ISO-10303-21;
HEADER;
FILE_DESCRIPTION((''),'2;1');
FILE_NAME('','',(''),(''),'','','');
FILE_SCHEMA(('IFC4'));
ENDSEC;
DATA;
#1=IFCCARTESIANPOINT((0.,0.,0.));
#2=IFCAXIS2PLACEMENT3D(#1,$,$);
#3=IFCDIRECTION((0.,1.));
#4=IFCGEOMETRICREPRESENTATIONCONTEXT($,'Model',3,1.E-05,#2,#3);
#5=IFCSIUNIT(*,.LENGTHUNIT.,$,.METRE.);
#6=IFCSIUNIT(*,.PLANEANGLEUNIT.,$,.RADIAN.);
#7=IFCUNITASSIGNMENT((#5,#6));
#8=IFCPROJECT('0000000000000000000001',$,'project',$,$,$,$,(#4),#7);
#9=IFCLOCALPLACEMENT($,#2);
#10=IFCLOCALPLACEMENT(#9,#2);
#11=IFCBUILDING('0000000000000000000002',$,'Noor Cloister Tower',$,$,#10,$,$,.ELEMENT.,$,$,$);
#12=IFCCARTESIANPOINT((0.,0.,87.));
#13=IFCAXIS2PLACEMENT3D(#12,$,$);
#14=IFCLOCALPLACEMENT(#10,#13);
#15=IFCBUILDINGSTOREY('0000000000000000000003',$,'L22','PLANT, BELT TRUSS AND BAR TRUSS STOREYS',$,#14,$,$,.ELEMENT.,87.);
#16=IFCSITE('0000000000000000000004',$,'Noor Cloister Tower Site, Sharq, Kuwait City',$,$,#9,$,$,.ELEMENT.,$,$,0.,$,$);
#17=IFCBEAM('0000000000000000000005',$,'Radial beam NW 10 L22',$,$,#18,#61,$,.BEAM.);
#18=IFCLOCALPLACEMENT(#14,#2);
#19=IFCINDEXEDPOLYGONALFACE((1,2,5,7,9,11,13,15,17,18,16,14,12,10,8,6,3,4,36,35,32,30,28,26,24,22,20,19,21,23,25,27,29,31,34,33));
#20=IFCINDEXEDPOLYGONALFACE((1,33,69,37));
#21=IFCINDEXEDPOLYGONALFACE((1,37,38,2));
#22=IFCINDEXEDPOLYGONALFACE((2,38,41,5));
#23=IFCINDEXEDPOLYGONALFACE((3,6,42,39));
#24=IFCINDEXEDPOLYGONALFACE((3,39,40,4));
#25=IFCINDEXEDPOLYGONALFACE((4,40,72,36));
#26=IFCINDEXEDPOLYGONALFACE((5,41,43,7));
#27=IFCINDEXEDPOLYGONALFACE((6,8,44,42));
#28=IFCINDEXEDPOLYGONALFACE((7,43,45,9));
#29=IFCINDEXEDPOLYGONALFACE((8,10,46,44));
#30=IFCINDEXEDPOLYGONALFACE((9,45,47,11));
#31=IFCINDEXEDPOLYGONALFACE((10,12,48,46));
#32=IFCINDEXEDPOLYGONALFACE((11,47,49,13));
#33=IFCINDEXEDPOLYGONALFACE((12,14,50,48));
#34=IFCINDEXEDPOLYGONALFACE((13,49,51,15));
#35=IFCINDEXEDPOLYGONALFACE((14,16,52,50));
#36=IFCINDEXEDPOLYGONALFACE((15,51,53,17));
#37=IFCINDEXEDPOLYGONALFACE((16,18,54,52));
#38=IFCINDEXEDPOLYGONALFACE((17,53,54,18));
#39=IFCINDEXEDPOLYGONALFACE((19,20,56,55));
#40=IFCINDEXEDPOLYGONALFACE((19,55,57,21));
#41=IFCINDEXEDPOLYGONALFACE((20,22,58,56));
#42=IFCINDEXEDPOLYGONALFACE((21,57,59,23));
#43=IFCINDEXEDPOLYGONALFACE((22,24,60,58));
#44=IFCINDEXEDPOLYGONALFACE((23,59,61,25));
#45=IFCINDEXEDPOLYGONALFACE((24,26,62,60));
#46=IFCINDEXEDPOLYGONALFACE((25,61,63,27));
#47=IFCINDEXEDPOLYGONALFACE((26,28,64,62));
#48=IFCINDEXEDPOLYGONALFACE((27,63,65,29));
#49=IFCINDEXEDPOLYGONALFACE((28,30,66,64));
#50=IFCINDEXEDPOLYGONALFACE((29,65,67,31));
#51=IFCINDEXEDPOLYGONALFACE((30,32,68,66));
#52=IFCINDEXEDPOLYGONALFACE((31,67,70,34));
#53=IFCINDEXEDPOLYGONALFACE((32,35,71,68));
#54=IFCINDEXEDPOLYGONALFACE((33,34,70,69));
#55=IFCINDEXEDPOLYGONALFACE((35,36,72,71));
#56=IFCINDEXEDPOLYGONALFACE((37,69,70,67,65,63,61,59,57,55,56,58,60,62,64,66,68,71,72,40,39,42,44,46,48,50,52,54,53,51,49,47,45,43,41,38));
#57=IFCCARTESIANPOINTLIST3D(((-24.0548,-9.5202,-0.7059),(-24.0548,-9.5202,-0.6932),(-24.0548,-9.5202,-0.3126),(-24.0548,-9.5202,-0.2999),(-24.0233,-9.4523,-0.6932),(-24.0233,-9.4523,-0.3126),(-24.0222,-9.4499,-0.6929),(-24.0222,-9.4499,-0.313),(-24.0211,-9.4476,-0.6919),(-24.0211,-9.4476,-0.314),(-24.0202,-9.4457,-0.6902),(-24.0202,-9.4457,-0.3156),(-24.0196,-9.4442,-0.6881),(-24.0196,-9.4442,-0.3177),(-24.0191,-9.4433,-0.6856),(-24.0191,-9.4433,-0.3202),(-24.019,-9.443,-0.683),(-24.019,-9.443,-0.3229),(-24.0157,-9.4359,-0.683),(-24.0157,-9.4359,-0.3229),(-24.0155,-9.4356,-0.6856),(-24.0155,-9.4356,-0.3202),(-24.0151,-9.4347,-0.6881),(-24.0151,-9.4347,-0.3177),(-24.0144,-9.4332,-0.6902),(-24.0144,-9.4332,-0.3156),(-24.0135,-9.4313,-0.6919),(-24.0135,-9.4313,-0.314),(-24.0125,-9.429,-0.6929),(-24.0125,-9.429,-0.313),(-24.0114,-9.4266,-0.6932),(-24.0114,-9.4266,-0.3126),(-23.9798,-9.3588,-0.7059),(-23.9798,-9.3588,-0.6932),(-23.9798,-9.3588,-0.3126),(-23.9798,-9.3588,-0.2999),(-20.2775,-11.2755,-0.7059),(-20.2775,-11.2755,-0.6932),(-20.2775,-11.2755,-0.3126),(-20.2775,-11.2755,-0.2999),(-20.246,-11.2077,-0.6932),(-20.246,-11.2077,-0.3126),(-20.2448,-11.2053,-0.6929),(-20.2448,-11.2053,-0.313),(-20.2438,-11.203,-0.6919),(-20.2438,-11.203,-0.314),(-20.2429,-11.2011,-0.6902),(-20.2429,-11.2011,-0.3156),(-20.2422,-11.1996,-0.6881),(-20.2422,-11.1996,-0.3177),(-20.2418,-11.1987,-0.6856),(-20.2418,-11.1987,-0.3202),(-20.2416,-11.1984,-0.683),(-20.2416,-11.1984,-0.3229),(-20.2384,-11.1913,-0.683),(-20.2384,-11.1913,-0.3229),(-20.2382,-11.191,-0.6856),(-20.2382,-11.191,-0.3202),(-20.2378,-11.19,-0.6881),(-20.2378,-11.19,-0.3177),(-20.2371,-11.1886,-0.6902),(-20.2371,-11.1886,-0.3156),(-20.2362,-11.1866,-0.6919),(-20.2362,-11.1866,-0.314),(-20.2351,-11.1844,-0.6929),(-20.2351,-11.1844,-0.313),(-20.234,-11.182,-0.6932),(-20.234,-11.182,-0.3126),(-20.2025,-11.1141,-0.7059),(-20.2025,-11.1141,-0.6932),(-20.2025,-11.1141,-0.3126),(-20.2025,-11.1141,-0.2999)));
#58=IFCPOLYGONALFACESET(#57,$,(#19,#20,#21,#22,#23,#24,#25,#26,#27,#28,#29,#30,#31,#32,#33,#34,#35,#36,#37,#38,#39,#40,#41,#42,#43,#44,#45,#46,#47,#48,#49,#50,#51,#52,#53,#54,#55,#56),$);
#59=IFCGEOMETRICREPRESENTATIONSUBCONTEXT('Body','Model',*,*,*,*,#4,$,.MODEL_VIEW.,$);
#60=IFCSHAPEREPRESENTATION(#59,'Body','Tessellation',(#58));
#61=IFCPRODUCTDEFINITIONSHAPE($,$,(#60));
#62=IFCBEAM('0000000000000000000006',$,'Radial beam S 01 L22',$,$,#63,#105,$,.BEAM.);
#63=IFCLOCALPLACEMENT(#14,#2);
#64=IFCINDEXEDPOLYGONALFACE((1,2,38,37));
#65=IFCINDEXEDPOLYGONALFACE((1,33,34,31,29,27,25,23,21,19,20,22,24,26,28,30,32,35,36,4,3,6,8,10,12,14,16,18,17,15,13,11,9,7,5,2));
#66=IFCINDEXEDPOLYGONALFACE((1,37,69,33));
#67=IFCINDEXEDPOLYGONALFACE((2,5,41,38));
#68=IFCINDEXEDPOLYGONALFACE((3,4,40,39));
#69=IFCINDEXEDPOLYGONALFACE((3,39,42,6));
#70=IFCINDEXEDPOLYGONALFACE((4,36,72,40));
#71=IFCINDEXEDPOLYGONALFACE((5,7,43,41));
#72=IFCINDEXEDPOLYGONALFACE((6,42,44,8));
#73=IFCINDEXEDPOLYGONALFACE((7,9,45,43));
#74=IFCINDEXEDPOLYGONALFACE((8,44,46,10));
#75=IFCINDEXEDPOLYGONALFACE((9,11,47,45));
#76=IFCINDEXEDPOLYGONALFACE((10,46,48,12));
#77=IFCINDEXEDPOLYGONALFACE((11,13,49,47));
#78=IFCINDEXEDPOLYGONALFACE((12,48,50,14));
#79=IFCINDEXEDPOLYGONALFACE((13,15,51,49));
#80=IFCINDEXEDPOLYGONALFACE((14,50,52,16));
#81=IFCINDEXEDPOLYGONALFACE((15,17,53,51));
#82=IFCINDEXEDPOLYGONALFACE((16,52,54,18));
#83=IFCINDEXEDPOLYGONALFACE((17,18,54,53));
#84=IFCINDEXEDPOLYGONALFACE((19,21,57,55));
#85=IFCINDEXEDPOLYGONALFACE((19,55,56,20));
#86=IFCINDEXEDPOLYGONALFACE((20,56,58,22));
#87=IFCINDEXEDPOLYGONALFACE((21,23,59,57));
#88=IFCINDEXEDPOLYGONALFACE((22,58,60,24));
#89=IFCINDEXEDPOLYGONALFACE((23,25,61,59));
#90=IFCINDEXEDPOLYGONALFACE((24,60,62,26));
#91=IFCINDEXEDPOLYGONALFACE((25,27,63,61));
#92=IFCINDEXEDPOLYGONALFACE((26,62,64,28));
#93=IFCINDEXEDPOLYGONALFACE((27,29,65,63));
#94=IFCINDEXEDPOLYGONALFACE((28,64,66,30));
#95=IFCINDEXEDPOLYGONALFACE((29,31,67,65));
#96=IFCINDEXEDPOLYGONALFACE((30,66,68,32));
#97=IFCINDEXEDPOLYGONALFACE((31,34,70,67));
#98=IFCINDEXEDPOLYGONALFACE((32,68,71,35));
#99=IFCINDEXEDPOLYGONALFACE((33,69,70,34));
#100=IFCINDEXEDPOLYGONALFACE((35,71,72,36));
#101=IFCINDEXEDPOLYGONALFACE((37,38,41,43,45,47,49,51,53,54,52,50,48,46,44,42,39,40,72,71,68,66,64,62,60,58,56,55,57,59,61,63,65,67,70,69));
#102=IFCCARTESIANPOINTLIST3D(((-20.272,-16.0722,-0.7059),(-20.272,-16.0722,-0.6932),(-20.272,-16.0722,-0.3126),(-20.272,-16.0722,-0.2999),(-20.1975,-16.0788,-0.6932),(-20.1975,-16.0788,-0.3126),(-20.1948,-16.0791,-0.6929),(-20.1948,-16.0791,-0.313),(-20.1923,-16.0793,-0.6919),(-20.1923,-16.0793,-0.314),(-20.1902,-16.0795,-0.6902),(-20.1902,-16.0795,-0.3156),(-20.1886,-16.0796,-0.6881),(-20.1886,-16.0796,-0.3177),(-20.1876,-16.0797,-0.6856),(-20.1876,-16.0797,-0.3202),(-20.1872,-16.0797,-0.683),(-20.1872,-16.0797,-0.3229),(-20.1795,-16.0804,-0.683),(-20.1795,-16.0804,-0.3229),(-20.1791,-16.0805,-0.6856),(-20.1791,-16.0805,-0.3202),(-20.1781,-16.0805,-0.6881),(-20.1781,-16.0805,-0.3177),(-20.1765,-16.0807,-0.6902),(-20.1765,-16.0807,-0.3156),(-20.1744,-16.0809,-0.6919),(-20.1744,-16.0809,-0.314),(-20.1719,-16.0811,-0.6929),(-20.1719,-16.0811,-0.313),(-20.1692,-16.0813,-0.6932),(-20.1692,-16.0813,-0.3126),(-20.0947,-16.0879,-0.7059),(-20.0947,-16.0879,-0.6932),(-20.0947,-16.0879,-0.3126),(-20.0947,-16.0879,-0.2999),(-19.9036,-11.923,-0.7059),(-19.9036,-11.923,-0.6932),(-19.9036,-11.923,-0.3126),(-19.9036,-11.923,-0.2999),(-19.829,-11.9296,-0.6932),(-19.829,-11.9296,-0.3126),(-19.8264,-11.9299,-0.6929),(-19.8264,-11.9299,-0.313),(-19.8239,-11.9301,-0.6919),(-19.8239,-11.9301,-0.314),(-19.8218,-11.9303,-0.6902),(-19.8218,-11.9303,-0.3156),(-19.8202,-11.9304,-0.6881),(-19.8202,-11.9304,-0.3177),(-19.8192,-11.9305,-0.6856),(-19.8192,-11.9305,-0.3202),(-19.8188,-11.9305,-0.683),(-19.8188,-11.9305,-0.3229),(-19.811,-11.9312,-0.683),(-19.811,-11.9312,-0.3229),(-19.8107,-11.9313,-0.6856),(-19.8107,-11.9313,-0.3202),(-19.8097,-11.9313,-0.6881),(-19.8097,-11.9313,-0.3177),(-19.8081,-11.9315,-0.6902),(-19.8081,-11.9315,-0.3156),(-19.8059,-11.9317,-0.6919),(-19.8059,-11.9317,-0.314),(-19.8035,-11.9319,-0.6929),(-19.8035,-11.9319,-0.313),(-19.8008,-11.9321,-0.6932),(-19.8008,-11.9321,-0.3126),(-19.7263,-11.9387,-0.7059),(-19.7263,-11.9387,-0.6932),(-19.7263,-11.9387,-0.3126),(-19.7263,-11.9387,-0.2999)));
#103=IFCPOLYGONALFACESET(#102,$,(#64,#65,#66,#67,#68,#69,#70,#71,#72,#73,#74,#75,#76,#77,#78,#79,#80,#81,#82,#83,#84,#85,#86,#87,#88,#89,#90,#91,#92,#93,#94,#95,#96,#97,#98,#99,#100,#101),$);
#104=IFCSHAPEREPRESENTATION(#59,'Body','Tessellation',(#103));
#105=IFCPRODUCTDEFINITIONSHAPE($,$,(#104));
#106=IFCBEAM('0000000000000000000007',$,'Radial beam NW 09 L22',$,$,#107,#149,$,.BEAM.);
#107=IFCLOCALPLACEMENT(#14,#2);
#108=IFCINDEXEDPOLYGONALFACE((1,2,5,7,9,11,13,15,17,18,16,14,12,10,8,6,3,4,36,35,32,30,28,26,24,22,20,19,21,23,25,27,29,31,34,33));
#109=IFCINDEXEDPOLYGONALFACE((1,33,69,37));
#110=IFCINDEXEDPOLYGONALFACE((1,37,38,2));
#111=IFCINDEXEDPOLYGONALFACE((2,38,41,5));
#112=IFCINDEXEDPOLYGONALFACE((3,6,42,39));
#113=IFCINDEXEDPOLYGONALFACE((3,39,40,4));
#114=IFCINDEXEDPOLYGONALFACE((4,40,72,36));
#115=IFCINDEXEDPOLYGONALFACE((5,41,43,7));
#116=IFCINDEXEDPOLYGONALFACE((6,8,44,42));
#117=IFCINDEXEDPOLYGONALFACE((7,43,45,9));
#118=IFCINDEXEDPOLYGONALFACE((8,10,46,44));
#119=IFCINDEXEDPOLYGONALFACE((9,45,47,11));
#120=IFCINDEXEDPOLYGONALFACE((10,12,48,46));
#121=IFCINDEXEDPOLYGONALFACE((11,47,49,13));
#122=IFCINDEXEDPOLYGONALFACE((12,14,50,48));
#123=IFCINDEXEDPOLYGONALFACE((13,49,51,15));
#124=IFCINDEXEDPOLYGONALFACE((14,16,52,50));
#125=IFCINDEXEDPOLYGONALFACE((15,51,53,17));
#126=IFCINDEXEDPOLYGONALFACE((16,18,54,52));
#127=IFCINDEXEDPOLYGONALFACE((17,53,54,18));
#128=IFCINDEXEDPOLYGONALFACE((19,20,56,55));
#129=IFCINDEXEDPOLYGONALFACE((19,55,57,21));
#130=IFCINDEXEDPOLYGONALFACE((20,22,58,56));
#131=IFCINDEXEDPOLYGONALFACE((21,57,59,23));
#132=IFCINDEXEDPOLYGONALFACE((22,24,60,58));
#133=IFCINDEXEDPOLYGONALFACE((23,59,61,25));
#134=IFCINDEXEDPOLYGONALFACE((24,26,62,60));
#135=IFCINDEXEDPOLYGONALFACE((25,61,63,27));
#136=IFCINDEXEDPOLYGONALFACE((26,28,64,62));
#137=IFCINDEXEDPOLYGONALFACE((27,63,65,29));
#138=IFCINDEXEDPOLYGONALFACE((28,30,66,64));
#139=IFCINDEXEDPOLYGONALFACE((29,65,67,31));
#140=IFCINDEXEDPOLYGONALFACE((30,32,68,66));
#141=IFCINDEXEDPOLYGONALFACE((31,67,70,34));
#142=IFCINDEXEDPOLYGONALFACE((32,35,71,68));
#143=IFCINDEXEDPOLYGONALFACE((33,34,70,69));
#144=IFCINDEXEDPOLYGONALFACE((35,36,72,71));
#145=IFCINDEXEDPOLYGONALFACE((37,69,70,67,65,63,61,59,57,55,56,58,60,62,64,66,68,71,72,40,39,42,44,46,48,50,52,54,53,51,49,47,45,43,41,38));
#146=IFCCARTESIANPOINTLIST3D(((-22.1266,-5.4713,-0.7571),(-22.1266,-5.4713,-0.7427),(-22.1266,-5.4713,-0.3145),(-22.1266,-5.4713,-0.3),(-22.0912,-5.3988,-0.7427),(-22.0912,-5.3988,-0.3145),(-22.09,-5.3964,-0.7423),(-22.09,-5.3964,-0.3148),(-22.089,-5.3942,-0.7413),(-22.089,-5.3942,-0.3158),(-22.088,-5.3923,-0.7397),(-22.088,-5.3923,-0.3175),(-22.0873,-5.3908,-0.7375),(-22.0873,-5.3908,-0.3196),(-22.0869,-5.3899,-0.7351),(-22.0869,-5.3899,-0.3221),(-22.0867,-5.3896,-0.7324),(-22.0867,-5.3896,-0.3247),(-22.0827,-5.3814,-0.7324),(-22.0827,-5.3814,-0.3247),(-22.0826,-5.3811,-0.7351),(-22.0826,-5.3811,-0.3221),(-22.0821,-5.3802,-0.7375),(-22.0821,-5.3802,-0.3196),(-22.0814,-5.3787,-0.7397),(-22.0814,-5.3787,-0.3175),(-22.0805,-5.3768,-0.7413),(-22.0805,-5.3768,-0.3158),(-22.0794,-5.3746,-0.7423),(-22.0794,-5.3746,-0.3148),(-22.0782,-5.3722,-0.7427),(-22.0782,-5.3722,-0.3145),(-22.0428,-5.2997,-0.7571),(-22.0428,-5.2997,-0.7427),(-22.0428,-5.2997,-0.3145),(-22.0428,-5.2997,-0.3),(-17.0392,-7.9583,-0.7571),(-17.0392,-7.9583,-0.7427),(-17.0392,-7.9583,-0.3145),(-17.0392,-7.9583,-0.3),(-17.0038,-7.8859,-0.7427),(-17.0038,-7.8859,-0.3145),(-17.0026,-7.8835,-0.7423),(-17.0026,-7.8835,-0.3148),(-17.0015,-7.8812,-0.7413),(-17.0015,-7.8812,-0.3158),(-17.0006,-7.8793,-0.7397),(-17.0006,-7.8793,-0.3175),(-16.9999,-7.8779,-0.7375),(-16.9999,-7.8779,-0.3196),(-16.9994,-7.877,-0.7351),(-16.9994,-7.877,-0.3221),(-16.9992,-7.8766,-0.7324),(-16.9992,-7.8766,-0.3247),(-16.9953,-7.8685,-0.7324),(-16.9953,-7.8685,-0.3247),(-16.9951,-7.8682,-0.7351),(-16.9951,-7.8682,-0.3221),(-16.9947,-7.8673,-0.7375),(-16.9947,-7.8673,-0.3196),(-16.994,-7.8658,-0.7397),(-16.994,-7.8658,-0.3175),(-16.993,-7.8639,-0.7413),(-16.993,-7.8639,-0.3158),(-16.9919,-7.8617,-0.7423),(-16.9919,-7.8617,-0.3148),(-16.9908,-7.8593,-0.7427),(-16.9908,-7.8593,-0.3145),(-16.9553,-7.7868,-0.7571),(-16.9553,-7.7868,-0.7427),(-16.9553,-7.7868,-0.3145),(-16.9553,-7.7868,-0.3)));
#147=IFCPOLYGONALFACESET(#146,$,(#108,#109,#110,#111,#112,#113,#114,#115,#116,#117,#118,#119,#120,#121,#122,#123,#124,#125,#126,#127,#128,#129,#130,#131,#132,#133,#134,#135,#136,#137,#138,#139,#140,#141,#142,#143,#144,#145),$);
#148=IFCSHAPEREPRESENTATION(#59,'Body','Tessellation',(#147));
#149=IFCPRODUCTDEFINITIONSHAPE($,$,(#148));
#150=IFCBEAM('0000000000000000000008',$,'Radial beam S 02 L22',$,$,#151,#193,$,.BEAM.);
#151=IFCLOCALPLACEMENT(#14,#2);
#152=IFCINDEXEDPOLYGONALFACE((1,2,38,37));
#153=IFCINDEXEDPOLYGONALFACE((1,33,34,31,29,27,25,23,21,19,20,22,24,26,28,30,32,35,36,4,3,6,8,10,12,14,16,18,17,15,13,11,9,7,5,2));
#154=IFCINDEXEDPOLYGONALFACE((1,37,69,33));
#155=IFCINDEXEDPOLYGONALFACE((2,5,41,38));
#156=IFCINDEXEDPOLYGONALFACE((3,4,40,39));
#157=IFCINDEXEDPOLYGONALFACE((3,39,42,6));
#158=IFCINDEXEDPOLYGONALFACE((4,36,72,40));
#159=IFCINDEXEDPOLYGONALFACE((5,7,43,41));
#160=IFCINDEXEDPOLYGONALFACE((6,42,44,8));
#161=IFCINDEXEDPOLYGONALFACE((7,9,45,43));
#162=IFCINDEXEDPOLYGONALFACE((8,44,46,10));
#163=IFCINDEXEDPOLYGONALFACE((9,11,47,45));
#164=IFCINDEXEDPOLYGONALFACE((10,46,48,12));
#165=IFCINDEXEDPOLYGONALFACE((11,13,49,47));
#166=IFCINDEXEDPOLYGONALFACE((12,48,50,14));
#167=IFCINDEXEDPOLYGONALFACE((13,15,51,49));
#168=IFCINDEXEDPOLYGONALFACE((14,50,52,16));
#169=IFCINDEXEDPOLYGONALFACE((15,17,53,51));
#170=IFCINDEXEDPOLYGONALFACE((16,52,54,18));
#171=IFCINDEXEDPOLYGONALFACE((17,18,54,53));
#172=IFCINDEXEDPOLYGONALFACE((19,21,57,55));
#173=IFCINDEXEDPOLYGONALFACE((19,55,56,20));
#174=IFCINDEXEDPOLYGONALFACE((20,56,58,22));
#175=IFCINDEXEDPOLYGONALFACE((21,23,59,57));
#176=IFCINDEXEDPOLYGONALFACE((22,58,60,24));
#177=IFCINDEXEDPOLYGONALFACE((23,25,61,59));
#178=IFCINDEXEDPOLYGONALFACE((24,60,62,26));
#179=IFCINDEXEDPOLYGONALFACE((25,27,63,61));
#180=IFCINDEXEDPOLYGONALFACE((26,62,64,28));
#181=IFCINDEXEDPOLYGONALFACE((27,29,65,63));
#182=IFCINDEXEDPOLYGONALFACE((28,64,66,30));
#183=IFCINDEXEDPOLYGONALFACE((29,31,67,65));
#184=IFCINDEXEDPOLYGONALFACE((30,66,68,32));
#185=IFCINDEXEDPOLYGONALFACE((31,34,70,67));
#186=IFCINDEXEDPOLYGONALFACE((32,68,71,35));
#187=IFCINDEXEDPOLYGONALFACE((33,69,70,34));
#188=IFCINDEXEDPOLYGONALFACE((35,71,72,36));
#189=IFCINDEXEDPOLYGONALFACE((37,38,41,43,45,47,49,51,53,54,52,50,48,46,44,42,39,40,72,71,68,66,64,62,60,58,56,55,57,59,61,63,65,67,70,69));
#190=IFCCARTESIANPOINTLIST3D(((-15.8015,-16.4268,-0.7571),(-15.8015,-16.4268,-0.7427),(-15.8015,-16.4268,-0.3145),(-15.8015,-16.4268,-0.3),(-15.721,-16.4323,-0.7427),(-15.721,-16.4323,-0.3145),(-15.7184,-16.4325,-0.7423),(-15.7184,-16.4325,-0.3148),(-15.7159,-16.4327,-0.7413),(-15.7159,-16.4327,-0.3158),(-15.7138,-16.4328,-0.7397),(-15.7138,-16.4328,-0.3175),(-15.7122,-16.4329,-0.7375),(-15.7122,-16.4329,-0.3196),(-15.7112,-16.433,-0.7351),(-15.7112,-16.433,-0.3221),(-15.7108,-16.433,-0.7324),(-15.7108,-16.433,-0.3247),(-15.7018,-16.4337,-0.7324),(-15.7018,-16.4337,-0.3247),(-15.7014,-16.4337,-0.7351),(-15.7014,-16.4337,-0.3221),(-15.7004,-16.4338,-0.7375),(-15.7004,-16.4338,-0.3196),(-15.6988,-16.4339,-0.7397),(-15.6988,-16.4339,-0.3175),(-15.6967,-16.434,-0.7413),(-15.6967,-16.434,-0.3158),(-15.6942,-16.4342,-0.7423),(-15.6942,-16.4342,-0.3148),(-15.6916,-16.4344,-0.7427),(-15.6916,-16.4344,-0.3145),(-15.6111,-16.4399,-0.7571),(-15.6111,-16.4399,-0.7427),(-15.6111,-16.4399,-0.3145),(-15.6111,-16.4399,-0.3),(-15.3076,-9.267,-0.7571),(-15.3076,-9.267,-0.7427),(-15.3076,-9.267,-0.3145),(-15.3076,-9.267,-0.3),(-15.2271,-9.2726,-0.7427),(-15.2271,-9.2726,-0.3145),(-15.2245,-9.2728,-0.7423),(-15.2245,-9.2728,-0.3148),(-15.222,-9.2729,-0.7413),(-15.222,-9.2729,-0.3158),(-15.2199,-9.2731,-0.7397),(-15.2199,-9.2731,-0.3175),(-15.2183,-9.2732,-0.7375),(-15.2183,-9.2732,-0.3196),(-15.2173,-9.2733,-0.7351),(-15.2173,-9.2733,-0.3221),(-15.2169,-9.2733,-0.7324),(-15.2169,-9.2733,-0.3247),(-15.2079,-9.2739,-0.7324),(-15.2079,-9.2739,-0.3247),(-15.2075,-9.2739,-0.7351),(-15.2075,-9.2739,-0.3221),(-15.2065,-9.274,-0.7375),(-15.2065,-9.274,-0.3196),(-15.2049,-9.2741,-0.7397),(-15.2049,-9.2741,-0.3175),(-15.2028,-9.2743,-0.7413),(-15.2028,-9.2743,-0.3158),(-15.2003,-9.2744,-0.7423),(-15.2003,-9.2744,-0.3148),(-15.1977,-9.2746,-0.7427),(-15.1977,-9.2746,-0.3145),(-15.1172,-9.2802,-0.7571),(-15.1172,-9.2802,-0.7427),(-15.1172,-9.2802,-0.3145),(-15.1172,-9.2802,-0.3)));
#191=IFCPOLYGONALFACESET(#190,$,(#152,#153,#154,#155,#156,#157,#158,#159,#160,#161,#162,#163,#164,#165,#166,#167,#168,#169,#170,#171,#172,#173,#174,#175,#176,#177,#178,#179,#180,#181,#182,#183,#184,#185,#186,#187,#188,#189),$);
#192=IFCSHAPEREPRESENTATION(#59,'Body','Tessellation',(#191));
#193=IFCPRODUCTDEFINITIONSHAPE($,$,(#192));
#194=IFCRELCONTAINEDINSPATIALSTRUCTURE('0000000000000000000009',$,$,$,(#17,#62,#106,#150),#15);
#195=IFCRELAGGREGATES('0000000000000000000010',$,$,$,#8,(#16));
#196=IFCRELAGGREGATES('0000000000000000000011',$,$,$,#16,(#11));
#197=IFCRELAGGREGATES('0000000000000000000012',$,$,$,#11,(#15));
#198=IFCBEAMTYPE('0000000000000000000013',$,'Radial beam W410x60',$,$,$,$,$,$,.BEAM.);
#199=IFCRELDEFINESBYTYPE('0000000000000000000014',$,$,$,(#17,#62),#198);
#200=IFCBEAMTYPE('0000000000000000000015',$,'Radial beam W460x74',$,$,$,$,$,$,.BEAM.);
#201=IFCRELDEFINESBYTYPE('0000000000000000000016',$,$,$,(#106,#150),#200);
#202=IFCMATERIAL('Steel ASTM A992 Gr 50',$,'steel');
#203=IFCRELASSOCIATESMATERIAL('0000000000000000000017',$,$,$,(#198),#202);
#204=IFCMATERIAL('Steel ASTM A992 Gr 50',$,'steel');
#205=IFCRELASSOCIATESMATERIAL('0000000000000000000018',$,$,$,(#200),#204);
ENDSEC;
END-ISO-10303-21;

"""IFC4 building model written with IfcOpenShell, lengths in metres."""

from ifc_helpers import new_model, si_unit, direction, frame, origin, origin_2d, place, context, subcontext, project, spatial, i_section, extrude, material, material_profile, profile_set, type_object, element, save


model = new_model("IFC4")

# Units and contexts
model_context = context("Model", 3, precision=1e-05, world=origin(), true_north=direction((0.0, 1.0)))
body_context = subcontext(model_context, "Body", "Model", "MODEL_VIEW")
ifc_project = project(units=[si_unit("LENGTHUNIT", "METRE"), si_unit("PLANEANGLEUNIT", "RADIAN")], contexts=[model_context])

# Site, building, storey
site_placement = place(None, origin())
site = spatial("IfcSite", under=ifc_project, at=site_placement, Name="Noor Cloister Tower Site, Sharq, Kuwait City", CompositionType="ELEMENT", RefElevation=0.0)
building_placement = place(site_placement, origin())
building = spatial("IfcBuilding", under=site, at=building_placement, Name="Noor Cloister Tower", CompositionType="ELEMENT")
storey_placement = place(building_placement, frame((0.0, 0.0, 87.0)))
storey = spatial("IfcBuildingStorey", under=building, at=storey_placement, Name="L22", Description="PLANT, BELT TRUSS AND BAR TRUSS STOREYS", CompositionType="ELEMENT", Elevation=87.0)

# Beams
ifc_material_1 = material(Name="Steel ASTM A992 Gr 50", Category="steel")
ifc_material_profile_1 = material_profile(ifc_material_1, i_section(OverallWidth=0.178, OverallDepth=0.406, WebThickness=0.0078, FlangeThickness=0.0127, FilletRadius=0.0103, at=origin_2d()), Name="W410x60")
ifc_profile_set_1 = profile_set([ifc_material_profile_1], Name="Steel ASTM A992 Gr 50")
beam_type_1 = type_object("IfcBeamType", Name="Radial beam W410x60", PredefinedType="BEAM", material=ifc_profile_set_1)
beam_1_placement = place(storey_placement, frame((-24.0173, -9.4395, -0.5029), z_axis=(0.906862, -0.421428, 0.0), x_axis=(0.421428, 0.906862, 0.0)))
element("IfcBeam", 1, at=beam_1_placement, inside=storey, type_object=beam_type_1, Name="Radial beam NW 10 L22", PredefinedType="BEAM", context=body_context, shape_type="SweptSolid", body=[
    extrude(i_section(OverallWidth=0.178, OverallDepth=0.406, WebThickness=0.0078, FlangeThickness=0.0127, FilletRadius=0.0103, at=origin_2d()), origin(), (0.0, 0.0, 1.0), 4.1653),
])
beam_2_placement = place(storey_placement, frame((-20.1833, -16.0801, -0.5029), z_axis=(0.088443, 0.996081, 0.0), x_axis=(-0.996081, 0.088443, 0.0)))
element("IfcBeam", 2, at=beam_2_placement, inside=storey, type_object=beam_type_1, Name="Radial beam S 01 L22", PredefinedType="BEAM", context=body_context, shape_type="SweptSolid", body=[
    extrude(i_section(OverallWidth=0.178, OverallDepth=0.406, WebThickness=0.0078, FlangeThickness=0.0127, FilletRadius=0.0103, at=origin_2d()), origin(), (0.0, 0.0, 1.0), 4.1655),
])
ifc_material_2 = material(Name="Steel ASTM A992 Gr 50", Category="steel")
ifc_material_profile_2 = material_profile(ifc_material_2, i_section(OverallWidth=0.1909, OverallDepth=0.457, WebThickness=0.009, FlangeThickness=0.0144, FilletRadius=0.0103, at=origin_2d()), Name="W460x74")
ifc_profile_set_2 = profile_set([ifc_material_profile_2], Name="Steel ASTM A992 Gr 50")
beam_type_2 = type_object("IfcBeamType", Name="Radial beam W460x74", PredefinedType="BEAM", material=ifc_profile_set_2)
beam_3_placement = place(storey_placement, frame((-22.0847, -5.3855, -0.5286), z_axis=(0.898392, -0.439194, 0.0), x_axis=(0.439194, 0.898392, 0.0)))
element("IfcBeam", 3, at=beam_3_placement, inside=storey, type_object=beam_type_2, Name="Radial beam NW 09 L22", PredefinedType="BEAM", context=body_context, shape_type="SweptSolid", body=[
    extrude(i_section(OverallWidth=0.1909, OverallDepth=0.457, WebThickness=0.009, FlangeThickness=0.0144, FilletRadius=0.0103, at=origin_2d()), origin(), (0.0, 0.0, 1.0), 5.6628),
])
beam_4_placement = place(storey_placement, frame((-15.7063, -16.4333, -0.5286), z_axis=(0.06882, 0.997629, 0.0), x_axis=(-0.997629, 0.06882, 0.0)))
element("IfcBeam", 4, at=beam_4_placement, inside=storey, type_object=beam_type_2, Name="Radial beam S 02 L22", PredefinedType="BEAM", context=body_context, shape_type="SweptSolid", body=[
    extrude(i_section(OverallWidth=0.1909, OverallDepth=0.457, WebThickness=0.009, FlangeThickness=0.0144, FilletRadius=0.0103, at=origin_2d()), origin(), (0.0, 0.0, 1.0), 7.1768),
])

save(model, "model.ifc")
